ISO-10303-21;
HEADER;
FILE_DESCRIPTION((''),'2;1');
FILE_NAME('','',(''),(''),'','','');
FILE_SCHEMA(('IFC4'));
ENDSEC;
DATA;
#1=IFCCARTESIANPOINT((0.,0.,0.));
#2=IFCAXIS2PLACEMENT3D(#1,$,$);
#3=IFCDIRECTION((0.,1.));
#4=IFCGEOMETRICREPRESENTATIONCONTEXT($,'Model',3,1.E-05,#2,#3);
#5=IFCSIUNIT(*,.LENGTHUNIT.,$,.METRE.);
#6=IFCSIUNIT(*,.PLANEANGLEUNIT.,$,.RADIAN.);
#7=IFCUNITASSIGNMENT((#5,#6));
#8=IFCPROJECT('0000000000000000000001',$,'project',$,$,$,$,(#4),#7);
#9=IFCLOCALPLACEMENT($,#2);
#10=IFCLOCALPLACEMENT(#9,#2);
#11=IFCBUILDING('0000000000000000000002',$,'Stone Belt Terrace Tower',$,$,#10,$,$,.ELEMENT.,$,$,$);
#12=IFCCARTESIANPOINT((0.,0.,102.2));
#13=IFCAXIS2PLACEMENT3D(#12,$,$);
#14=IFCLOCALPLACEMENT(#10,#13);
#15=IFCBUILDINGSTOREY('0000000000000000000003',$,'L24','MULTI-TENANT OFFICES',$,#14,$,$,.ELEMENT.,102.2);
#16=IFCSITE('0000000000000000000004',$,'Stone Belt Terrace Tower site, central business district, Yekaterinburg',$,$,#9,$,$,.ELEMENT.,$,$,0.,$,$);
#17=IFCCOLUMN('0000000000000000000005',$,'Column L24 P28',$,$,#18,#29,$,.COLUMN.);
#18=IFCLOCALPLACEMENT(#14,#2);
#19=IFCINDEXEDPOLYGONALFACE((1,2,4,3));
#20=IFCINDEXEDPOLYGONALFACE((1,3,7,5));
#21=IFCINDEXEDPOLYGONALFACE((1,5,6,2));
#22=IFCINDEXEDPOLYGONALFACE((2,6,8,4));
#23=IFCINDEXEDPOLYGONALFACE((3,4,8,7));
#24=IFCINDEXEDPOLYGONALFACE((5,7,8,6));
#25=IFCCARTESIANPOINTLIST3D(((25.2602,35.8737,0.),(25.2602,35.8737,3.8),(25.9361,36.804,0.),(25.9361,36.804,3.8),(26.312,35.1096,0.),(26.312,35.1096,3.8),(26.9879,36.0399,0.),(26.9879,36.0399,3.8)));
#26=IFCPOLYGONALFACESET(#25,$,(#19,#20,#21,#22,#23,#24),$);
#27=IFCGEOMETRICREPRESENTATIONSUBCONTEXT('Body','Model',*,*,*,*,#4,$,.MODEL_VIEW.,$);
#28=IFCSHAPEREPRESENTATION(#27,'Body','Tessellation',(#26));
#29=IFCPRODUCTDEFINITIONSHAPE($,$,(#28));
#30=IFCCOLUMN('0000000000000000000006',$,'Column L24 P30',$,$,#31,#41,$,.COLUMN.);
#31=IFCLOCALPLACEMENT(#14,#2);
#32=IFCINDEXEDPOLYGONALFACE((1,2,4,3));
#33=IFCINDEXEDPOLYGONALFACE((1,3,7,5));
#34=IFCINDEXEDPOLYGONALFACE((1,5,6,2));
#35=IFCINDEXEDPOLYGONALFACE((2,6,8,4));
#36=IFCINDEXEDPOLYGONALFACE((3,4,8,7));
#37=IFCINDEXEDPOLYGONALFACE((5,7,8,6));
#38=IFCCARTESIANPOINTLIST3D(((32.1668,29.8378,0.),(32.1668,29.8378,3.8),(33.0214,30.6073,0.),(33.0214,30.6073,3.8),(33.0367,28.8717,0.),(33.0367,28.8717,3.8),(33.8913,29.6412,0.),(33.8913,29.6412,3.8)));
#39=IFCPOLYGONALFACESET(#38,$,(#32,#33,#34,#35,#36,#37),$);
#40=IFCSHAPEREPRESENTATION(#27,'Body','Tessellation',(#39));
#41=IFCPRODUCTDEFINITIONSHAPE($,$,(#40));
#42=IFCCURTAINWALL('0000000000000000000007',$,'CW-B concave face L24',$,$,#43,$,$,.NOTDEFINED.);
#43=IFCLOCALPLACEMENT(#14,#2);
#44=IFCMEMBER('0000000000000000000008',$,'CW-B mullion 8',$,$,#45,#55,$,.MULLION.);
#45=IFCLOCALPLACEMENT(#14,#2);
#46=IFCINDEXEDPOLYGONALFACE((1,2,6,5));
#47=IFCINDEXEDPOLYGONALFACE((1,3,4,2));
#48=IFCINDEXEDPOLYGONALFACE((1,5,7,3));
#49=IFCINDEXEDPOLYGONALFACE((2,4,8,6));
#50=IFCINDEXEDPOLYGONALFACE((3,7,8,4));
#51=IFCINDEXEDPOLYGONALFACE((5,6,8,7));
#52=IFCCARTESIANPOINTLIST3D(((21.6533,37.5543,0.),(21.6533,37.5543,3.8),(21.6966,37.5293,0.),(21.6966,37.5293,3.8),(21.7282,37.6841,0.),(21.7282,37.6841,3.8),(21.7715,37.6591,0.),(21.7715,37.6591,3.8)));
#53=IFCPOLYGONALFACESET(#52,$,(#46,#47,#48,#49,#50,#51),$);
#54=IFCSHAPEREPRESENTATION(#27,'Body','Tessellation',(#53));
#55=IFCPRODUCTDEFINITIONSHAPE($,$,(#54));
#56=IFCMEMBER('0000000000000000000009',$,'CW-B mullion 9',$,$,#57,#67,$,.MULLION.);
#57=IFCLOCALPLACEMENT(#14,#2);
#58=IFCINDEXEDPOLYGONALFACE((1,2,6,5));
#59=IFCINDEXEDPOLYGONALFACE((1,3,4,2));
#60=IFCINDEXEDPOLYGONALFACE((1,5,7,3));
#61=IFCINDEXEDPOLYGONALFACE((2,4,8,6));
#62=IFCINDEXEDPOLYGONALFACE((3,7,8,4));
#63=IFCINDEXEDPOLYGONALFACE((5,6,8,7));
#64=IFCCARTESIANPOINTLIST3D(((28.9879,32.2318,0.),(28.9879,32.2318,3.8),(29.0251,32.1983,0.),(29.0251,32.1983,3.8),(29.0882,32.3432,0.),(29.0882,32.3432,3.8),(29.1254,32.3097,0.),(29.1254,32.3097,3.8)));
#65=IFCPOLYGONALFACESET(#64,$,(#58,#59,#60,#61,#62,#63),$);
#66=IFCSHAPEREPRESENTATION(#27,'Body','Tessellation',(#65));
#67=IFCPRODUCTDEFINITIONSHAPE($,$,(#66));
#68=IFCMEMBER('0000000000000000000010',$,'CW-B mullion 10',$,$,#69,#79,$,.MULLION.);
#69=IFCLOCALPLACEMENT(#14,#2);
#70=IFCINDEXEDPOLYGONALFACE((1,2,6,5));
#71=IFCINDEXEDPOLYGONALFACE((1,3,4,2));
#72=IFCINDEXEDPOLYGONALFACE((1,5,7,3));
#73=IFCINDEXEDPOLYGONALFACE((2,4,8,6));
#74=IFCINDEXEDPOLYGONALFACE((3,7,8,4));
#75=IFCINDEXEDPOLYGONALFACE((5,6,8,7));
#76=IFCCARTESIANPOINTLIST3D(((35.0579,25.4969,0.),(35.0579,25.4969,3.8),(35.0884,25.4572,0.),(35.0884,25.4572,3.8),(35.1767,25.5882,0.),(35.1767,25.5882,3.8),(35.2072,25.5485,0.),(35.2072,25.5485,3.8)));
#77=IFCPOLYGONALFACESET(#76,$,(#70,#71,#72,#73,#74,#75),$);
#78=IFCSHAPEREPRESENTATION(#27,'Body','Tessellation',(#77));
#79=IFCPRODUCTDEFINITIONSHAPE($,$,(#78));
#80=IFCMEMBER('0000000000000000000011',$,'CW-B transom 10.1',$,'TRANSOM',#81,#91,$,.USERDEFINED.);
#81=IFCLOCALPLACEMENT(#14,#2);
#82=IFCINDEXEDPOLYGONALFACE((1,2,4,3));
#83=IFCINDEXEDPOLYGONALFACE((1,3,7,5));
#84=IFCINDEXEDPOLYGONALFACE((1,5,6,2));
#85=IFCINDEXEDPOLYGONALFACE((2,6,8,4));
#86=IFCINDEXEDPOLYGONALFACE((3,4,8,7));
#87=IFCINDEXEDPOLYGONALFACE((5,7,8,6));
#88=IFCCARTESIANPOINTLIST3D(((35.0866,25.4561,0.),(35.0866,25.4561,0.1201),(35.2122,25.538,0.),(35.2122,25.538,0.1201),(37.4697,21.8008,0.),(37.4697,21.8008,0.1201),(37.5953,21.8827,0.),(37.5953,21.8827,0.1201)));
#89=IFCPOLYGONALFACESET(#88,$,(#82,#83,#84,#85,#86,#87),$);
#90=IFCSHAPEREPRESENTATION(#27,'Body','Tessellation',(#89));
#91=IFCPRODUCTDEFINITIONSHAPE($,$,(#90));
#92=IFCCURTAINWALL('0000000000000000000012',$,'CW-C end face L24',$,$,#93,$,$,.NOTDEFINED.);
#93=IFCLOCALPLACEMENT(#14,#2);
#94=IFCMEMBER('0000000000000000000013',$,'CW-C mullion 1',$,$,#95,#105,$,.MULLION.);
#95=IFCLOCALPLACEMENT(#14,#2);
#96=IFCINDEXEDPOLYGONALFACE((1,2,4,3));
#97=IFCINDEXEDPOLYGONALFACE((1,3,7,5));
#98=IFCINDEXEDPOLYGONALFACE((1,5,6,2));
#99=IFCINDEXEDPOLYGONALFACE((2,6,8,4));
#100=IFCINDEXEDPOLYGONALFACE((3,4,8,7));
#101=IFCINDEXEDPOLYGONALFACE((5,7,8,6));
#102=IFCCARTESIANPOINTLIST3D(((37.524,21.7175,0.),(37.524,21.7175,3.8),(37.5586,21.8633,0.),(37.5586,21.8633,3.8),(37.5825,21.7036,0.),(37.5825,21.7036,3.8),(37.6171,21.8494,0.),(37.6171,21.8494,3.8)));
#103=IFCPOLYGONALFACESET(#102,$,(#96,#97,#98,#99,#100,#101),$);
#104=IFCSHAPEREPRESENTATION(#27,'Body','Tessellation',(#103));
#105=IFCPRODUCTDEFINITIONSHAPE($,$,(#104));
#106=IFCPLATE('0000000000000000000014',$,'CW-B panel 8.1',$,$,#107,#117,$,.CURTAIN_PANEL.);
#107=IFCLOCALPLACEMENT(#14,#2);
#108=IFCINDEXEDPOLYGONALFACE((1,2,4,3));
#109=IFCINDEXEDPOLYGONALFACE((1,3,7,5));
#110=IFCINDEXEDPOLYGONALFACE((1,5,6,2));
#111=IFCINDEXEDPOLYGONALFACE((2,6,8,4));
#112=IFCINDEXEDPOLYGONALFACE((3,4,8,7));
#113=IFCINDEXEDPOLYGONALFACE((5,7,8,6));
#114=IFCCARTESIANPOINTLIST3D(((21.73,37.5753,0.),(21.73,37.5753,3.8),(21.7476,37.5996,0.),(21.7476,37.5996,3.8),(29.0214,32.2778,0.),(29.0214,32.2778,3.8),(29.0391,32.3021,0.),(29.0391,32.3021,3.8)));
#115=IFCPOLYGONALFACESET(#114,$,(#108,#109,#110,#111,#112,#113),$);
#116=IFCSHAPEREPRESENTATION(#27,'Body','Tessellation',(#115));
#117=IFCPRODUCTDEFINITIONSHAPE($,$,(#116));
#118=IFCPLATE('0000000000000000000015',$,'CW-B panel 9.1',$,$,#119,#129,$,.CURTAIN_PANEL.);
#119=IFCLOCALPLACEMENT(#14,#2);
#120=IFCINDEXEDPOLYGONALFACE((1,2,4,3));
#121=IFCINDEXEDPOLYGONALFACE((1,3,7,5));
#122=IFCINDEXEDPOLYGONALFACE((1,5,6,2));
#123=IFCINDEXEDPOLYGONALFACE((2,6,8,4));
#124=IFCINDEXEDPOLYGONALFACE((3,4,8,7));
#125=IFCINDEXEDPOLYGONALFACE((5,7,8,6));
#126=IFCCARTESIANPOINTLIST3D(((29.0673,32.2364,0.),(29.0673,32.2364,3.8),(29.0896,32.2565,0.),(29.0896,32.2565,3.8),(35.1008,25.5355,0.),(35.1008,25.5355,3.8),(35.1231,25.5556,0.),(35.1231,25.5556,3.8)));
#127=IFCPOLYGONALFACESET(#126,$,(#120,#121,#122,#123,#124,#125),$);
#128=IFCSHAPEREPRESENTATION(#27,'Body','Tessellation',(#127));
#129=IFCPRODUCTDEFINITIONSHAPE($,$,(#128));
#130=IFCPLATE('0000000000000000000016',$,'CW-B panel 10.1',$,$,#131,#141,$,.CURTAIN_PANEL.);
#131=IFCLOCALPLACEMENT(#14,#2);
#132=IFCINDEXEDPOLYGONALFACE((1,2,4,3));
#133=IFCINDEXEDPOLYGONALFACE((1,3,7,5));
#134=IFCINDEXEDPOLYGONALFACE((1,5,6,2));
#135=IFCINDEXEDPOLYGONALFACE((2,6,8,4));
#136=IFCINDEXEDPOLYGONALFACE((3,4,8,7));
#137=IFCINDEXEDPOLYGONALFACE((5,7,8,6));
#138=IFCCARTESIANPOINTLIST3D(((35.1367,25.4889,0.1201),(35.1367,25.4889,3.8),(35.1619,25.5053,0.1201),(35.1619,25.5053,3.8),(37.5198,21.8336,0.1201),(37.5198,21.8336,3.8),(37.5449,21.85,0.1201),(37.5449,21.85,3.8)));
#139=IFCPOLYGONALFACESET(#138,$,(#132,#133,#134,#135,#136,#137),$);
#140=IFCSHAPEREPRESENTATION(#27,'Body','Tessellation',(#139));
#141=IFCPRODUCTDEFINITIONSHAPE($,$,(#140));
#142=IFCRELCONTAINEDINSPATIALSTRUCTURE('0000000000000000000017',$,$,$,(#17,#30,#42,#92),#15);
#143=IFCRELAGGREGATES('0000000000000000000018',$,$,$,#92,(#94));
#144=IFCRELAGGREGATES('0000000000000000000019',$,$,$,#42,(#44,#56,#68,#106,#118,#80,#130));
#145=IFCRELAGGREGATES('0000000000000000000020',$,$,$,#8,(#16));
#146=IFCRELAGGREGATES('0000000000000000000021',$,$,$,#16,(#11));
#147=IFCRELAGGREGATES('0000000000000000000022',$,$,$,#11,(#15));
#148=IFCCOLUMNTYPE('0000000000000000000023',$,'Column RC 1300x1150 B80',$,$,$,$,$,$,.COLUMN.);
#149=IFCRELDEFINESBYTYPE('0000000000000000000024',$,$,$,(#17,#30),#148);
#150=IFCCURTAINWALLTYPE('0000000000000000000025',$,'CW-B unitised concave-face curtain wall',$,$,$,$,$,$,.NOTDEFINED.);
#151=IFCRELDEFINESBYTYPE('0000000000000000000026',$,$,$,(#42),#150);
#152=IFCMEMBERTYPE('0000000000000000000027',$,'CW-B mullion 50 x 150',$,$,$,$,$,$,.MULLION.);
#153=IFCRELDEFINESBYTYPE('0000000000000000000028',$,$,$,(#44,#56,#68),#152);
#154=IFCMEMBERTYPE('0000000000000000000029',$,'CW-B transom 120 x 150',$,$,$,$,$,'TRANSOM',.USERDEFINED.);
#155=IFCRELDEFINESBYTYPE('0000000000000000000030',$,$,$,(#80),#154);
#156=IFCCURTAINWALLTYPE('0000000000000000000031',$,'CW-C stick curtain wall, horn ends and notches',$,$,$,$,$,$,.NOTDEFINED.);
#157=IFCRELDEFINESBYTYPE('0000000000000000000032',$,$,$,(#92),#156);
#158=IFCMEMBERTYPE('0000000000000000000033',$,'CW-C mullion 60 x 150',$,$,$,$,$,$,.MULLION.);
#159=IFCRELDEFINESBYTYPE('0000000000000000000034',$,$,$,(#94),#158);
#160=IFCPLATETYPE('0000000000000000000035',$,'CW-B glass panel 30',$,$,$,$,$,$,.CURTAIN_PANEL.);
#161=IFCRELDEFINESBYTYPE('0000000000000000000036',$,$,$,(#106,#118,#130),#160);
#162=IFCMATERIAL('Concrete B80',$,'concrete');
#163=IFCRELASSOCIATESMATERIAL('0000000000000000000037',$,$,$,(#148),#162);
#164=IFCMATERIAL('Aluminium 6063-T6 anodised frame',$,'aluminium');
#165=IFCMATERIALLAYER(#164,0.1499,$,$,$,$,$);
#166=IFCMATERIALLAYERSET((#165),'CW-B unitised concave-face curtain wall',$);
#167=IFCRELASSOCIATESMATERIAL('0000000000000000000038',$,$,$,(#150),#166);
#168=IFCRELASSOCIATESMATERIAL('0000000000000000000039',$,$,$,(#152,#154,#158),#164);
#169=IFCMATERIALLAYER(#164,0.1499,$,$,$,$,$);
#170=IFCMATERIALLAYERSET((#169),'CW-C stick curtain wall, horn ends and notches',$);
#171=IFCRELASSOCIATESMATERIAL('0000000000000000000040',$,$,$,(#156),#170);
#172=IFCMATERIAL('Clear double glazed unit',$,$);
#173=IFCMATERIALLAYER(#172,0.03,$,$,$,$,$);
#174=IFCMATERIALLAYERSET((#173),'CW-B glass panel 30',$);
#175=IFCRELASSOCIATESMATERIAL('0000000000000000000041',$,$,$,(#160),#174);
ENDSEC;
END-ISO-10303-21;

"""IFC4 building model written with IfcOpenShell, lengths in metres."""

from ifc_helpers import new_model, si_unit, direction, frame, origin, origin_2d, place, context, subcontext, project, spatial, rectangle, extrude, material, layer, layer_set, material_profile, profile_set, type_object, element, aggregate, save


model = new_model("IFC4")

# Units and contexts
model_context = context("Model", 3, precision=1e-05, world=origin(), true_north=direction((0.0, 1.0)))
body_context = subcontext(model_context, "Body", "Model", "MODEL_VIEW")
ifc_project = project(units=[si_unit("LENGTHUNIT", "METRE"), si_unit("PLANEANGLEUNIT", "RADIAN")], contexts=[model_context])

# Site, building, storey
site_placement = place(None, origin())
site = spatial("IfcSite", under=ifc_project, at=site_placement, Name="Stone Belt Terrace Tower site, central business district, Yekaterinburg", CompositionType="ELEMENT", RefElevation=0.0)
building_placement = place(site_placement, origin())
building = spatial("IfcBuilding", under=site, at=building_placement, Name="Stone Belt Terrace Tower", CompositionType="ELEMENT")
storey_placement = place(building_placement, frame((0.0, 0.0, 102.2)))
storey = spatial("IfcBuildingStorey", under=building, at=storey_placement, Name="L24", Description="MULTI-TENANT OFFICES", CompositionType="ELEMENT", Elevation=102.2)

# Columns
ifc_material_1 = material(Name="Concrete B80", Category="concrete")
ifc_material_profile_1 = material_profile(ifc_material_1, rectangle(XDim=1.3, YDim=1.1499, at=origin_2d()), Name="RC 1300x1150")
ifc_profile_set_1 = profile_set([ifc_material_profile_1], Name="Concrete B80")
column_type = type_object("IfcColumnType", Name="Column RC 1300x1150 B80", PredefinedType="COLUMN", material=ifc_profile_set_1)
for number, where, z_axis, x_axis, name in (
    (1, (26.124, 35.9568, 0.0), (0.0, 0.0, 1.0), (0.809017, -0.587785, 0.0), "Column L24 P28"),
    (2, (33.0291, 29.7395, 0.0), (0.0, 0.0, 1.0), (0.669131, -0.743145, 0.0), "Column L24 P30"),
):
    element("IfcColumn", number, at=place(storey_placement, frame(where, z_axis=z_axis, x_axis=x_axis)), inside=storey, type_object=column_type, Name=name, PredefinedType="COLUMN", context=body_context, shape_type="SweptSolid", body=[
        extrude(rectangle(XDim=1.3, YDim=1.1499, at=origin_2d()), origin(), (0.0, 0.0, 1.0), 3.8),
    ])

# Curtain wall, members
ifc_material_2 = material(Name="Aluminium 6063-T6 anodised frame", Category="aluminium")
ifc_layer_1 = layer(ifc_material_2, 0.1499)
ifc_layer_set_1 = layer_set([ifc_layer_1], Name="CW-B unitised concave-face curtain wall")
curtain_wall_type_1 = type_object("IfcCurtainWallType", Name="CW-B unitised concave-face curtain wall", PredefinedType="NOTDEFINED", material=ifc_layer_set_1)
curtain_wall_1_placement = place(storey_placement, origin())
curtain_wall_1 = element("IfcCurtainWall", 3, at=curtain_wall_1_placement, inside=storey, type_object=curtain_wall_type_1, Name="CW-B concave face L24", PredefinedType="NOTDEFINED")
ifc_material_profile_2 = material_profile(ifc_material_2, rectangle(XDim=0.1499, YDim=0.05, at=origin_2d()), Name="Aluminium 6063-T6 50x150")
ifc_profile_set_2 = profile_set([ifc_material_profile_2], Name="Aluminium 6063-T6 anodised frame")
member_type_1 = type_object("IfcMemberType", Name="CW-B mullion 50 x 150", PredefinedType="MULLION", material=ifc_profile_set_2)
member_1_placement = place(storey_placement, frame((21.7124, 37.6067, 0.0), z_axis=(0.0, 0.0, 1.0), x_axis=(0.5, 0.866025, 0.0)))
member_1 = element("IfcMember", 4, at=member_1_placement, type_object=member_type_1, Name="CW-B mullion 8", PredefinedType="MULLION", context=body_context, shape_type="SweptSolid", body=[
    extrude(rectangle(XDim=0.1499, YDim=0.05, at=origin_2d()), origin(), (0.0, 0.0, 1.0), 3.8),
])
member_2_placement = place(storey_placement, frame((29.0566, 32.2708, 0.0), z_axis=(0.0, 0.0, 1.0), x_axis=(0.669131, 0.743145, 0.0)))
member_2 = element("IfcMember", 5, at=member_2_placement, type_object=member_type_1, Name="CW-B mullion 9", PredefinedType="MULLION", context=body_context, shape_type="SweptSolid", body=[
    extrude(rectangle(XDim=0.1499, YDim=0.05, at=origin_2d()), origin(), (0.0, 0.0, 1.0), 3.8),
])
member_3_placement = place(storey_placement, frame((35.1326, 25.5227, 0.0), z_axis=(0.0, 0.0, 1.0), x_axis=(0.792811, 0.609468, 0.0)))
member_3 = element("IfcMember", 6, at=member_3_placement, type_object=member_type_1, Name="CW-B mullion 10", PredefinedType="MULLION", context=body_context, shape_type="SweptSolid", body=[
    extrude(rectangle(XDim=0.1499, YDim=0.05, at=origin_2d()), origin(), (0.0, 0.0, 1.0), 3.8),
])
ifc_material_profile_3 = material_profile(ifc_material_2, rectangle(XDim=0.1499, YDim=0.1201, at=origin_2d()), Name="Aluminium 6063-T6 150x120")
ifc_profile_set_3 = profile_set([ifc_material_profile_3], Name="Aluminium 6063-T6 anodised frame")
member_type_2 = type_object("IfcMemberType", Name="CW-B transom 120 x 150", ElementType="TRANSOM", PredefinedType="USERDEFINED", material=ifc_profile_set_3)
member_4_placement = place(storey_placement, frame((35.1494, 25.4971, 0.0601), z_axis=(0.546136, -0.837696, 0.0), x_axis=(0.837696, 0.546136, 0.0)))
member_4 = element("IfcMember", 7, at=member_4_placement, type_object=member_type_2, Name="CW-B transom 10.1", ObjectType="TRANSOM", PredefinedType="USERDEFINED", context=body_context, shape_type="SweptSolid", body=[
    extrude(rectangle(XDim=0.1499, YDim=0.1201, at=origin_2d()), origin(), (0.0, 0.0, 1.0), 4.3635),
])

# Curtain wall, member
ifc_layer_2 = layer(ifc_material_2, 0.1499)
ifc_layer_set_2 = layer_set([ifc_layer_2], Name="CW-C stick curtain wall, horn ends and notches")
curtain_wall_type_2 = type_object("IfcCurtainWallType", Name="CW-C stick curtain wall, horn ends and notches", PredefinedType="NOTDEFINED", material=ifc_layer_set_2)
curtain_wall_2_placement = place(storey_placement, origin())
curtain_wall_2 = element("IfcCurtainWall", 8, at=curtain_wall_2_placement, inside=storey, type_object=curtain_wall_type_2, Name="CW-C end face L24", PredefinedType="NOTDEFINED")
ifc_material_profile_4 = material_profile(ifc_material_2, rectangle(XDim=0.1499, YDim=0.0601, at=origin_2d()), Name="Aluminium 6063-T6 60x150")
ifc_profile_set_4 = profile_set([ifc_material_profile_4], Name="Aluminium 6063-T6 anodised frame")
member_type_3 = type_object("IfcMemberType", Name="CW-C mullion 60 x 150", PredefinedType="MULLION", material=ifc_profile_set_4)
member_5_placement = place(storey_placement, frame((37.5706, 21.7834, 0.0), z_axis=(0.0, 0.0, 1.0), x_axis=(0.230847, 0.97299, 0.0)))
member_5 = element("IfcMember", 9, at=member_5_placement, type_object=member_type_3, Name="CW-C mullion 1", PredefinedType="MULLION", context=body_context, shape_type="SweptSolid", body=[
    extrude(rectangle(XDim=0.1499, YDim=0.0601, at=origin_2d()), origin(), (0.0, 0.0, 1.0), 3.8),
])
aggregate(curtain_wall_2, [member_5])

# Plates
ifc_material_3 = material(Name="Clear double glazed unit")
ifc_layer_3 = layer(ifc_material_3, 0.03)
ifc_layer_set_3 = layer_set([ifc_layer_3], Name="CW-B glass panel 30")
plate_type = type_object("IfcPlateType", Name="CW-B glass panel 30", PredefinedType="CURTAIN_PANEL", material=ifc_layer_set_3)
plate_1_placement = place(storey_placement, frame((25.3845, 34.9387, 0.0), z_axis=(0.0, 0.0, 1.0), x_axis=(0.809017, -0.587785, 0.0)))
plate_1 = element("IfcPlate", 10, at=plate_1_placement, type_object=plate_type, Name="CW-B panel 8.1", PredefinedType="CURTAIN_PANEL", context=body_context, shape_type="SweptSolid", body=[
    extrude(rectangle(XDim=9.0127, YDim=0.03, at=origin_2d()), origin(), (0.0, 0.0, 1.0), 3.8),
])
plate_2_placement = place(storey_placement, frame((32.0952, 28.896, 0.0), z_axis=(0.0, 0.0, 1.0), x_axis=(0.669131, -0.743145, 0.0)))
plate_2 = element("IfcPlate", 11, at=plate_2_placement, type_object=plate_type, Name="CW-B panel 9.1", PredefinedType="CURTAIN_PANEL", context=body_context, shape_type="SweptSolid", body=[
    extrude(rectangle(XDim=9.0168, YDim=0.03, at=origin_2d()), origin(), (0.0, 0.0, 1.0), 3.8),
])
plate_3_placement = place(storey_placement, frame((36.3408, 23.6694, 0.1201), z_axis=(0.0, 0.0, 1.0), x_axis=(0.546132, -0.837699, 0.0)))
plate_3 = element("IfcPlate", 12, at=plate_3_placement, type_object=plate_type, Name="CW-B panel 10.1", PredefinedType="CURTAIN_PANEL", context=body_context, shape_type="SweptSolid", body=[
    extrude(rectangle(XDim=4.3635, YDim=0.03, at=origin_2d()), origin(), (0.0, 0.0, 1.0), 3.6799),
])
aggregate(curtain_wall_1, [member_1, member_2, member_3, plate_1, plate_2, member_4, plate_3])

save(model, "model.ifc")
